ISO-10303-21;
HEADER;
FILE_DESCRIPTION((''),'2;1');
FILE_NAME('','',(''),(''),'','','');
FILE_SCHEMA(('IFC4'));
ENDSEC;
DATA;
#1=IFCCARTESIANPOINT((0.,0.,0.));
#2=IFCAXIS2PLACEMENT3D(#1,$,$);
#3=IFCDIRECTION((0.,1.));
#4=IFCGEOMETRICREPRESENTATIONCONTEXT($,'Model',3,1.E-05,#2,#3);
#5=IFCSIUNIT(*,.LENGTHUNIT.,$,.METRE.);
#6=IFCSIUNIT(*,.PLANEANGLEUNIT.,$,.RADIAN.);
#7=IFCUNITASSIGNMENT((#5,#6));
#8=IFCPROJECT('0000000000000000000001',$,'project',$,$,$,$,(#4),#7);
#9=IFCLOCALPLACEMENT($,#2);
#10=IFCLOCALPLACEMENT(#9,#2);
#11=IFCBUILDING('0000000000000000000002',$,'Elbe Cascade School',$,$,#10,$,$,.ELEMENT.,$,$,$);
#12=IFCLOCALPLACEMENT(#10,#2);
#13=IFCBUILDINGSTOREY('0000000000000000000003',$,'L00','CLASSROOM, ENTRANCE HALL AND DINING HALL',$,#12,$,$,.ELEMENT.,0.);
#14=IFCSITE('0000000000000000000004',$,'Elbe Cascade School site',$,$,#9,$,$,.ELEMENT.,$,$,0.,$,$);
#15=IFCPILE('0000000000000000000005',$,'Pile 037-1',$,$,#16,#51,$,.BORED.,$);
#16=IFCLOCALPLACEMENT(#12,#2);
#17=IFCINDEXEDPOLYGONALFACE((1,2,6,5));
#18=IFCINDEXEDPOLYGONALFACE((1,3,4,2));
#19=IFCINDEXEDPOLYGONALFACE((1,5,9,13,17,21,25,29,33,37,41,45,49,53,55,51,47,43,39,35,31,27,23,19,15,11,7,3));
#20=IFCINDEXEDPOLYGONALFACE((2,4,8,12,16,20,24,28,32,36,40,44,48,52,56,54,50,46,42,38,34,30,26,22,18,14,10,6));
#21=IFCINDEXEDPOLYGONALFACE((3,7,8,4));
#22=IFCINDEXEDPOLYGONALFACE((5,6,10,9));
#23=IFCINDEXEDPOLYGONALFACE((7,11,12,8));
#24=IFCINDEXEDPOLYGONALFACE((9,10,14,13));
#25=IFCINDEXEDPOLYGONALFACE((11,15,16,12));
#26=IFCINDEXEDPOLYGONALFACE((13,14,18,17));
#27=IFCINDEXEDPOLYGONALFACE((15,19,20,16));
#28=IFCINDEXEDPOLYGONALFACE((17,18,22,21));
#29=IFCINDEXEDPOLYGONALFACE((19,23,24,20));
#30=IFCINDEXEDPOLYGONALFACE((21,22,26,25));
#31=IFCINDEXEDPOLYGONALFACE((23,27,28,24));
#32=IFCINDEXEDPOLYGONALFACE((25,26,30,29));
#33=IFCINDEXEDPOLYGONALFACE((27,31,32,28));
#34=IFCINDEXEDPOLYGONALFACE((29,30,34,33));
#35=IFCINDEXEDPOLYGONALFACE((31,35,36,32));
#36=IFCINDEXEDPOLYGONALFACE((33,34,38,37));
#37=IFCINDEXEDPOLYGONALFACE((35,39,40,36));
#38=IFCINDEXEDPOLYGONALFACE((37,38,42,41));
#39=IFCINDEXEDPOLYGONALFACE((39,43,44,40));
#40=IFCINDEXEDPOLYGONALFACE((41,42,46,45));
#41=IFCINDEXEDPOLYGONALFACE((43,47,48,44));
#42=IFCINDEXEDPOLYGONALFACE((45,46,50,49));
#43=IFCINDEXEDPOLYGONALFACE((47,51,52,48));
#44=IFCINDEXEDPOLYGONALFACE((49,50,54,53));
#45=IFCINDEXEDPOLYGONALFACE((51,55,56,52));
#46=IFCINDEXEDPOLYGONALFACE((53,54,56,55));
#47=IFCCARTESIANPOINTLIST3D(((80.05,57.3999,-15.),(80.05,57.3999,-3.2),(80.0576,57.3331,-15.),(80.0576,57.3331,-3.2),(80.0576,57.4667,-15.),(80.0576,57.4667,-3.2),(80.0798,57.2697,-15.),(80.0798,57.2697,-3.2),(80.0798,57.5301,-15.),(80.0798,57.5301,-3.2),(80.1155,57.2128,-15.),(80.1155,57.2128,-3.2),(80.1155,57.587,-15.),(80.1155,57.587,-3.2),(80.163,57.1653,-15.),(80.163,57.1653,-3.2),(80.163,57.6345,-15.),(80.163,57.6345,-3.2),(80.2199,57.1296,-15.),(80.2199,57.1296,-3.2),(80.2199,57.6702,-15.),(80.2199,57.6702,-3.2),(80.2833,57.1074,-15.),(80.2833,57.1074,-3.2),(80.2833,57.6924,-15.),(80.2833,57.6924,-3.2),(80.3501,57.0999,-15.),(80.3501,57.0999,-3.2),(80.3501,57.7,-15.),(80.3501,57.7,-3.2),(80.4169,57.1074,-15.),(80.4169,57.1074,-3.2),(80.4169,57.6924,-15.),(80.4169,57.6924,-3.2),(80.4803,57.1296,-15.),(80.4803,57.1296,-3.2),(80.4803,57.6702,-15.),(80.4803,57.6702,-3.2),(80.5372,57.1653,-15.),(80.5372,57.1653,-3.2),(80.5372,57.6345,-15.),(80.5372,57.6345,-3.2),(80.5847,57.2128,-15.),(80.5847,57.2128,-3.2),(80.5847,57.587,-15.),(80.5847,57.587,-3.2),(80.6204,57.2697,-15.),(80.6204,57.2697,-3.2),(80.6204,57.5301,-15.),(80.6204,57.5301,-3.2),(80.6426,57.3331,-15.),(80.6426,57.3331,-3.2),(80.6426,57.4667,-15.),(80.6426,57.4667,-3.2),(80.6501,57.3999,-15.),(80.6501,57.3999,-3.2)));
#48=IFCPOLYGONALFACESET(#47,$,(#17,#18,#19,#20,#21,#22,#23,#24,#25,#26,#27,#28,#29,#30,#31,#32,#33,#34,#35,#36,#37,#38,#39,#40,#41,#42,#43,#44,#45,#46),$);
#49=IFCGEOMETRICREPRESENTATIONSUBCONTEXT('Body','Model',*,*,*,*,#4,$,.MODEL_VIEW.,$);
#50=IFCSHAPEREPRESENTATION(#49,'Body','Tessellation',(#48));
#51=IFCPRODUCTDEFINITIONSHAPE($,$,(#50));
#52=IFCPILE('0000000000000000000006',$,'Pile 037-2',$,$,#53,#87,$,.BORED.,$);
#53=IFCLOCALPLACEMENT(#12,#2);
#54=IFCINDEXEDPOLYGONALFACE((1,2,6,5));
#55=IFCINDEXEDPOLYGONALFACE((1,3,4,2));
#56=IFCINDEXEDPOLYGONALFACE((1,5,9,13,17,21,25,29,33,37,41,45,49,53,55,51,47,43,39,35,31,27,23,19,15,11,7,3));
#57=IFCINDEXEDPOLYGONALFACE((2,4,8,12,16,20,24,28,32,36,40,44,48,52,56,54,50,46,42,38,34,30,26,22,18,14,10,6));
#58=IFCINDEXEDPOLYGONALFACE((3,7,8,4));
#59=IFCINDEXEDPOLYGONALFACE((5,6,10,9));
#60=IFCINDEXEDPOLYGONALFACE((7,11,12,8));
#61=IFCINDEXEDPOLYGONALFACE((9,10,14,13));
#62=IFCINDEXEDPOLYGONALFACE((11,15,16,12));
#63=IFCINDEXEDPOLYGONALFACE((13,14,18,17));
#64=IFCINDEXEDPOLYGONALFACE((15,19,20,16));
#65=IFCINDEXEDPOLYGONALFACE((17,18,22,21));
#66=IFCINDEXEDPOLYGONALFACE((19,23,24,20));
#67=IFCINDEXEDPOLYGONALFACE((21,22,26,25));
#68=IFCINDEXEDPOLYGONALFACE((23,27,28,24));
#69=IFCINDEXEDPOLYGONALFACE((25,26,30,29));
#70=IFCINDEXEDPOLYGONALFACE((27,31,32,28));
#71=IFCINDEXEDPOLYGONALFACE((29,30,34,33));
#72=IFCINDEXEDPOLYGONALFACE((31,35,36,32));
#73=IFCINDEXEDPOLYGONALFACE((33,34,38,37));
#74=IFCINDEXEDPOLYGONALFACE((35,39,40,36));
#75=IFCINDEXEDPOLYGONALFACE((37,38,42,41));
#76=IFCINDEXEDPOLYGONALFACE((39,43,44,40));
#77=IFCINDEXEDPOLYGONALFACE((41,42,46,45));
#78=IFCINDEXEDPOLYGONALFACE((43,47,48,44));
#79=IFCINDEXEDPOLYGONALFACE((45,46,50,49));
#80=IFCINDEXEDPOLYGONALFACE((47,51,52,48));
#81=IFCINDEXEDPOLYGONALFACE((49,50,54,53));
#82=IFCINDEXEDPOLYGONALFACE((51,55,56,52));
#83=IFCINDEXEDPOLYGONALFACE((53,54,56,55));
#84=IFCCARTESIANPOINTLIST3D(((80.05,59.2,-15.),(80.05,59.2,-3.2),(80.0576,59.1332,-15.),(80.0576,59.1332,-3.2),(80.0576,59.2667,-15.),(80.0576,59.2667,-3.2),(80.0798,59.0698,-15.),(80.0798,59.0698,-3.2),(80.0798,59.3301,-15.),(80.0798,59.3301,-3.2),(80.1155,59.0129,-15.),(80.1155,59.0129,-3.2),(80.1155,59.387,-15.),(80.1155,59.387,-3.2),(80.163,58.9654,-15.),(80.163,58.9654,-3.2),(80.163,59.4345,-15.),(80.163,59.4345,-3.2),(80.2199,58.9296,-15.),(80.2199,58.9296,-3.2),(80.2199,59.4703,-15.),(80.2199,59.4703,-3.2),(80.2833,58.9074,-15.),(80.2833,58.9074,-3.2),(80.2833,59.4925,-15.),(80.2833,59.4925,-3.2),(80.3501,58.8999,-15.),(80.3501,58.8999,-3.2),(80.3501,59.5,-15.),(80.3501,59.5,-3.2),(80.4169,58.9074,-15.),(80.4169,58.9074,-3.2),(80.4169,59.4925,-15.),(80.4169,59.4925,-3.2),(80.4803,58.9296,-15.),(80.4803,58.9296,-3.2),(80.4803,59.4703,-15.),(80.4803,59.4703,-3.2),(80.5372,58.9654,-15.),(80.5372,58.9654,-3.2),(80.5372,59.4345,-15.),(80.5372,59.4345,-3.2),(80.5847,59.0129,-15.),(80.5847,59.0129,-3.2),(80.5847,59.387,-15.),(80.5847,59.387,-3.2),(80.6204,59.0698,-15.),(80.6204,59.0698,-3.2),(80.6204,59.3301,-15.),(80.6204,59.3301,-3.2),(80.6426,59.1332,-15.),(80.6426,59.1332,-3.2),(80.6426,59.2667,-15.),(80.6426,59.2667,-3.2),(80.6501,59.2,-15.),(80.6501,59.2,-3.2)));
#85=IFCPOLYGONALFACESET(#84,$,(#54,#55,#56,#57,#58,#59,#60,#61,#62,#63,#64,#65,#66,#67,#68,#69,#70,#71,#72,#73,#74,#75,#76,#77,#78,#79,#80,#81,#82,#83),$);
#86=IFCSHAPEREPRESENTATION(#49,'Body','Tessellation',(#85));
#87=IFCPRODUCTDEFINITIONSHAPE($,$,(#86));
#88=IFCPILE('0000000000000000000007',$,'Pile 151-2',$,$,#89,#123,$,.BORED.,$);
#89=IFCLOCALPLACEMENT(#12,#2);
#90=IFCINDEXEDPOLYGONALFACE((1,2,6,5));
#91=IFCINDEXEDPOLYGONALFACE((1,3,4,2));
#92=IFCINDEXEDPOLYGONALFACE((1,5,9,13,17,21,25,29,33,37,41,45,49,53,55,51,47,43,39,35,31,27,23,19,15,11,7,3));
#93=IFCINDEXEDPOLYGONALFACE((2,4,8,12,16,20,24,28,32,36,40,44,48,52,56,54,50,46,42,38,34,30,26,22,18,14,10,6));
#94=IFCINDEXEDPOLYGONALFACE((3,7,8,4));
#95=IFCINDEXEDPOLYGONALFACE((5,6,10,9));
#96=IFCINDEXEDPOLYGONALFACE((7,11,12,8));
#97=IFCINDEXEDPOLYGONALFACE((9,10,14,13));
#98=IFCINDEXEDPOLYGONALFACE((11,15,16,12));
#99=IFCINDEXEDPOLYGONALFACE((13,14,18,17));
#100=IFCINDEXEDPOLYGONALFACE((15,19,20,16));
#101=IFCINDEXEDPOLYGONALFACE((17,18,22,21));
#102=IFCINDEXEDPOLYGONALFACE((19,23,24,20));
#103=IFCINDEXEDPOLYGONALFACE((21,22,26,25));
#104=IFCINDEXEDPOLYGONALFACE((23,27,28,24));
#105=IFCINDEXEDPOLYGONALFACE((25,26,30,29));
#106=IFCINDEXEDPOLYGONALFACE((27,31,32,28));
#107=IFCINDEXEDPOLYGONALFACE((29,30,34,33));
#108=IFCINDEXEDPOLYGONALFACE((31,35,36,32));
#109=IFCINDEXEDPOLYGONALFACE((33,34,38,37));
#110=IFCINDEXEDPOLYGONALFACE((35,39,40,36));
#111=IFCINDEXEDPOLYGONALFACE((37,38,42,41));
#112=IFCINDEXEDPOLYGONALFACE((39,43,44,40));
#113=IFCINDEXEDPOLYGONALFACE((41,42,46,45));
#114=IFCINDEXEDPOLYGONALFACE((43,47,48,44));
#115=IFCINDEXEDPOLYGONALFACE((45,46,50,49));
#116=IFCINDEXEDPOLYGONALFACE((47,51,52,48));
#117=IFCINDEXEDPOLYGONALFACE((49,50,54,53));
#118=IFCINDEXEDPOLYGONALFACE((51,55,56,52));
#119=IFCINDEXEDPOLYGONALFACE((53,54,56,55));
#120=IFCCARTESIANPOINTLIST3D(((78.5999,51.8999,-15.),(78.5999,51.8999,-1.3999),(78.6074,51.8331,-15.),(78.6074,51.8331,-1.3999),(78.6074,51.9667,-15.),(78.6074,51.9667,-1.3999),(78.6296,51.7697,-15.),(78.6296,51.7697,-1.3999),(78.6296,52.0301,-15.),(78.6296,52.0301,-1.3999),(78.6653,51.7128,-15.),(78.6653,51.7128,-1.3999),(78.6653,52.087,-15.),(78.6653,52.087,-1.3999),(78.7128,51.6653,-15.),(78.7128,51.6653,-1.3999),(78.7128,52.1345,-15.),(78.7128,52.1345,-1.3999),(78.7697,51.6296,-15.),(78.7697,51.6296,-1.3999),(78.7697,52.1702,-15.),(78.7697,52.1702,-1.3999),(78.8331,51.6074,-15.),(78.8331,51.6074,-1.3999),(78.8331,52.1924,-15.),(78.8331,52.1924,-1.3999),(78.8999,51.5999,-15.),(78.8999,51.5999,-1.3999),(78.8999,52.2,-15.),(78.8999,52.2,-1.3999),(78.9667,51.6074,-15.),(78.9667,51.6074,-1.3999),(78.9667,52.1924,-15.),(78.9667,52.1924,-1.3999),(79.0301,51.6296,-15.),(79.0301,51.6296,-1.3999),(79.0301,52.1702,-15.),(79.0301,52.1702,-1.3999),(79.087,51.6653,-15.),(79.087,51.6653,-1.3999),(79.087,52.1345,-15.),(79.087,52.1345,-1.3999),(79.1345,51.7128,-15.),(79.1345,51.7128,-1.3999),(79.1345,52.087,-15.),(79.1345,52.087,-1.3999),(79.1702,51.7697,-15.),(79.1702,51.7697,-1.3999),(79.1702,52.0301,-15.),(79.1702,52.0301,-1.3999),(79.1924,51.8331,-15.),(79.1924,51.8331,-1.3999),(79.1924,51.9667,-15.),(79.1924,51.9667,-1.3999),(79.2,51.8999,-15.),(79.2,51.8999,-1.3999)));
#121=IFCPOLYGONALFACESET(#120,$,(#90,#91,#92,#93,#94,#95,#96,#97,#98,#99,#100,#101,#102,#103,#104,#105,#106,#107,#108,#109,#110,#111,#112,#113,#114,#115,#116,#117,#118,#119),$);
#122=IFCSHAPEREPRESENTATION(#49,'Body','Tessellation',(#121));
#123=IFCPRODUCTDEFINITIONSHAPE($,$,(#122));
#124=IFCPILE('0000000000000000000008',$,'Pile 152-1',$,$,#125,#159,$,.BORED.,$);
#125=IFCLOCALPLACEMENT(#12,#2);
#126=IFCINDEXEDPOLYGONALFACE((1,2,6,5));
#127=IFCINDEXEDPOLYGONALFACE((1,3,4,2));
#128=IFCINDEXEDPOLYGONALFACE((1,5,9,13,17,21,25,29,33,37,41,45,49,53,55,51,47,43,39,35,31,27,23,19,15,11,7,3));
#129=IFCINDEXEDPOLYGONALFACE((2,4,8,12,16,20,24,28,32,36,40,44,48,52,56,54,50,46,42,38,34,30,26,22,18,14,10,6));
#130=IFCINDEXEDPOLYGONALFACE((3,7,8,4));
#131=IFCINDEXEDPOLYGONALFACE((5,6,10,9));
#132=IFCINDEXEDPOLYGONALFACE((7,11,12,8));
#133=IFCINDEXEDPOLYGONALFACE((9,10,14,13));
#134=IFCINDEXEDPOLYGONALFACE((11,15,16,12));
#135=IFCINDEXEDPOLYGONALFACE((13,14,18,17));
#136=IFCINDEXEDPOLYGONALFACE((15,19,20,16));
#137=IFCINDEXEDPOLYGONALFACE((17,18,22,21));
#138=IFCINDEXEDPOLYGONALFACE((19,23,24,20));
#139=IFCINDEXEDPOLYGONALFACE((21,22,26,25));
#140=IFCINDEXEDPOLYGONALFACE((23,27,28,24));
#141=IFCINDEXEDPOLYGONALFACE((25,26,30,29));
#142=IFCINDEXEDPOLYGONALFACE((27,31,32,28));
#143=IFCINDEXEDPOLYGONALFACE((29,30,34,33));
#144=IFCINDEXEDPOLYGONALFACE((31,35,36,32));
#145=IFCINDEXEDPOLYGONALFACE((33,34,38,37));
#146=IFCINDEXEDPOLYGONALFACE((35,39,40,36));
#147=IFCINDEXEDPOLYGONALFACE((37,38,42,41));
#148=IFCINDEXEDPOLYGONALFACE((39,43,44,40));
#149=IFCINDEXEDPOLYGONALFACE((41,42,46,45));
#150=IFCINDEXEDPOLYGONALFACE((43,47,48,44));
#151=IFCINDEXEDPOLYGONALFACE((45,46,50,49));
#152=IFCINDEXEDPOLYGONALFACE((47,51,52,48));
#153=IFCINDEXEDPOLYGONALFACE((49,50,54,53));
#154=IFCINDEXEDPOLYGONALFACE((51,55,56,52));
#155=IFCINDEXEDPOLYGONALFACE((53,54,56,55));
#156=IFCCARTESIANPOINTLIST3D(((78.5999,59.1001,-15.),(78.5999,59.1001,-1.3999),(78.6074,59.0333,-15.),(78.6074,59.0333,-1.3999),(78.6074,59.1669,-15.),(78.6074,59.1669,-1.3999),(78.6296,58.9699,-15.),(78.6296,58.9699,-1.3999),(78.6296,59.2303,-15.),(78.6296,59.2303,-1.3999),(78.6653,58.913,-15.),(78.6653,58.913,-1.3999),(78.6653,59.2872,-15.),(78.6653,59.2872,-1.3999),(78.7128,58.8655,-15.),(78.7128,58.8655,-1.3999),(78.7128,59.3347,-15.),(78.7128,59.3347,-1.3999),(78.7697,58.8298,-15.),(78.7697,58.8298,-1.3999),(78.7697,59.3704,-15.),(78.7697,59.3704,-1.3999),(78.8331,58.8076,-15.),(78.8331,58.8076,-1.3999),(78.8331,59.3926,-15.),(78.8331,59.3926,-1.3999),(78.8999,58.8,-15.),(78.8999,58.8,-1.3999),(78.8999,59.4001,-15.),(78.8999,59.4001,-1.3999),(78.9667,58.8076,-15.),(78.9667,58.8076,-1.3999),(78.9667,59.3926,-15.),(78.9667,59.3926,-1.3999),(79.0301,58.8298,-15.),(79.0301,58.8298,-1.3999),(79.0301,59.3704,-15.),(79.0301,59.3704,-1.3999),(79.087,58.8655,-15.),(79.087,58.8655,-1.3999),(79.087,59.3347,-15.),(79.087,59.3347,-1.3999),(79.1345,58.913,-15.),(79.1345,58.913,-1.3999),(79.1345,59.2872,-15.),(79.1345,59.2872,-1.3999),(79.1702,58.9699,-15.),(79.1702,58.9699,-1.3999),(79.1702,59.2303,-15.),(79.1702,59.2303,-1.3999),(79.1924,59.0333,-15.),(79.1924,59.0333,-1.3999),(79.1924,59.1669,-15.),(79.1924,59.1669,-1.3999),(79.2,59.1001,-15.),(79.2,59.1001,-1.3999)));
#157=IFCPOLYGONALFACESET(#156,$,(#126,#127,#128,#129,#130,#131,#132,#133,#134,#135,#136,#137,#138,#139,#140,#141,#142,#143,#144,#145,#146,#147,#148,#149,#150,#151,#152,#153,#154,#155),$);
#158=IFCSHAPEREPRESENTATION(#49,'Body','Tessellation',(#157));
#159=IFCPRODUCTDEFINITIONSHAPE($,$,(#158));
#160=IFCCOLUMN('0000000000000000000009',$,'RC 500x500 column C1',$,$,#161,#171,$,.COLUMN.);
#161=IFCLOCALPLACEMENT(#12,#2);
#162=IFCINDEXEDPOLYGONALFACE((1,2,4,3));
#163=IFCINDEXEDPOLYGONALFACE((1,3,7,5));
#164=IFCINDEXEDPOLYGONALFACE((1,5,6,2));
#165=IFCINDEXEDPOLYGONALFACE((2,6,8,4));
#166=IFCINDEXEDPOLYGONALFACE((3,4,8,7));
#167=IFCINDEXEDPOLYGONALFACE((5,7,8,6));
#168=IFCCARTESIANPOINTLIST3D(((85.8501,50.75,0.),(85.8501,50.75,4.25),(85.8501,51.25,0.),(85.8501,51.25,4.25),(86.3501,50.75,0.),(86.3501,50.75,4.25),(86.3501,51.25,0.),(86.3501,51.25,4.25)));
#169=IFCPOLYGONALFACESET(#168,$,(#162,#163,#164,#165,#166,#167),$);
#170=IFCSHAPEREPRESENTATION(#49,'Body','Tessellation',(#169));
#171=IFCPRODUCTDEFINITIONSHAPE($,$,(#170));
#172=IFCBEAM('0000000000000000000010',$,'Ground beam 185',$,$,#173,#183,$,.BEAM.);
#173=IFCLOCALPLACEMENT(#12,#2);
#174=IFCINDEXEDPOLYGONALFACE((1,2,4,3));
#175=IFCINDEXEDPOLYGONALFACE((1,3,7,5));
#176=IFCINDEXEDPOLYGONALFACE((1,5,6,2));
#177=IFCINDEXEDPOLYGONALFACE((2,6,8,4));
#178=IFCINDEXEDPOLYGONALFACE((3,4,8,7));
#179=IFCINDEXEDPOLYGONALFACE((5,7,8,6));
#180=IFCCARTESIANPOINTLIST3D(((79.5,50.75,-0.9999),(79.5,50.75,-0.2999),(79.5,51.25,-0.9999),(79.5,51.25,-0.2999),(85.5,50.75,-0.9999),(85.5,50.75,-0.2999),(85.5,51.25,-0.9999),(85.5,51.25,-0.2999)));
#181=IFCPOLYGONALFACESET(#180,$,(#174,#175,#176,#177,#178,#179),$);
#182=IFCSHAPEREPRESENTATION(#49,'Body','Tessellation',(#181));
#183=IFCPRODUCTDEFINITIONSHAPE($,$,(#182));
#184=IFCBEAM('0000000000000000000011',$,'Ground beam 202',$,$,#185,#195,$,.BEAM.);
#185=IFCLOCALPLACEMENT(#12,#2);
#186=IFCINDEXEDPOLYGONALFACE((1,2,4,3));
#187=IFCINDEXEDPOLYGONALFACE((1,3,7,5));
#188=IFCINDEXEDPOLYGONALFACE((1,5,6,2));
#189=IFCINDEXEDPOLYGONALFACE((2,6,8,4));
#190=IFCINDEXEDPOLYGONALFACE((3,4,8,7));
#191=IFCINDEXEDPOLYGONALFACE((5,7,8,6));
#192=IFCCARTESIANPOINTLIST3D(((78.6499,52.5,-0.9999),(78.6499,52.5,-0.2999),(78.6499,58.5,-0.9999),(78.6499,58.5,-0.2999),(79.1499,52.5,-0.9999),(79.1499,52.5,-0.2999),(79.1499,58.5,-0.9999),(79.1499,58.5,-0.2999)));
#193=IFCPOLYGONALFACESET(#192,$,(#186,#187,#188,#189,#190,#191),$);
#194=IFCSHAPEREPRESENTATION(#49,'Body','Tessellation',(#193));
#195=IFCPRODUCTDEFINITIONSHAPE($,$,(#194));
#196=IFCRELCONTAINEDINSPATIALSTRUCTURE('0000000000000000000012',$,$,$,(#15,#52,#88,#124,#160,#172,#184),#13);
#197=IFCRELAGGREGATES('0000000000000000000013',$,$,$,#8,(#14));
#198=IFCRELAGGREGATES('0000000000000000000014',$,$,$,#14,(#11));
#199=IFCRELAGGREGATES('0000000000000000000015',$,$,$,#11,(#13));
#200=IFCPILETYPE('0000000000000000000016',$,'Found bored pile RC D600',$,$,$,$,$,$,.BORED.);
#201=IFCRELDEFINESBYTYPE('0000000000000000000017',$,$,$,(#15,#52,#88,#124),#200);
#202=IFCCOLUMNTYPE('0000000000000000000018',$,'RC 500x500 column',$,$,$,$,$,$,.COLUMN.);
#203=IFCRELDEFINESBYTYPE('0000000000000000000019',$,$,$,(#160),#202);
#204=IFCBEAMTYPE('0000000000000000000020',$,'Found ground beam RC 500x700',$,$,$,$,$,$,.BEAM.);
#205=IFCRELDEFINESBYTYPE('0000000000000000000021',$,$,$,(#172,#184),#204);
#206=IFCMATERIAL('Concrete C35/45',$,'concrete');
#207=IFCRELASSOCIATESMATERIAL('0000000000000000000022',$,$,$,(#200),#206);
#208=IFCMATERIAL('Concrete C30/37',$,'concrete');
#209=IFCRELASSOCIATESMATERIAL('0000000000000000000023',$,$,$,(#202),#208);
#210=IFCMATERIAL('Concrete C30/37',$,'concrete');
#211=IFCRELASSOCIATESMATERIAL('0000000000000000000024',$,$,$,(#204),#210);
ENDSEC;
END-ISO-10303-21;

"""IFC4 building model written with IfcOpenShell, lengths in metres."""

from ifc_helpers import new_model, si_unit, direction, frame, origin, origin_2d, place, context, subcontext, project, spatial, rectangle, circle, extrude, material, material_profile, profile_set, type_object, element, save


model = new_model("IFC4")

# Units and contexts
model_context = context("Model", 3, precision=1e-05, world=origin(), true_north=direction((0.0, 1.0)))
body_context = subcontext(model_context, "Body", "Model", "MODEL_VIEW")
ifc_project = project(units=[si_unit("LENGTHUNIT", "METRE"), si_unit("PLANEANGLEUNIT", "RADIAN")], contexts=[model_context])

# Site, building, storey
site_placement = place(None, origin())
site = spatial("IfcSite", under=ifc_project, at=site_placement, Name="Elbe Cascade School site", CompositionType="ELEMENT", RefElevation=0.0)
building_placement = place(site_placement, origin())
building = spatial("IfcBuilding", under=site, at=building_placement, Name="Elbe Cascade School", CompositionType="ELEMENT")
storey_placement = place(building_placement, origin())
storey = spatial("IfcBuildingStorey", under=building, at=storey_placement, Name="L00", Description="CLASSROOM, ENTRANCE HALL AND DINING HALL", CompositionType="ELEMENT", Elevation=0.0)

# Piles
ifc_material_1 = material(Name="Concrete C35/45", Category="concrete")
ifc_material_profile_1 = material_profile(ifc_material_1, circle(Radius=0.3, at=origin_2d()), Name="RC D600")
ifc_profile_set_1 = profile_set([ifc_material_profile_1], Name="Concrete C35/45")
pile_type = type_object("IfcPileType", Name="Found bored pile RC D600", PredefinedType="BORED", material=ifc_profile_set_1)
for number, where, z_axis, x_axis, name in (
    (1, (80.3501, 57.3999, -3.2), (0.0, 0.0, -1.0), (1.0, 0.0, 0.0), "Pile 037-1"),
    (2, (80.3501, 59.2, -3.2), (0.0, 0.0, -1.0), (1.0, 0.0, 0.0), "Pile 037-2"),
):
    element("IfcPile", number, at=place(storey_placement, frame(where, z_axis=z_axis, x_axis=x_axis)), inside=storey, type_object=pile_type, Name=name, PredefinedType="BORED", context=body_context, shape_type="SweptSolid", body=[
        extrude(circle(Radius=0.3, at=origin_2d()), origin(), (0.0, 0.0, 1.0), 11.8),
    ])
for number, where, z_axis, x_axis, name in (
    (3, (78.8999, 51.8999, -1.3999), (0.0, 0.0, -1.0), (1.0, 0.0, 0.0), "Pile 151-2"),
    (4, (78.8999, 59.1001, -1.3999), (0.0, 0.0, -1.0), (1.0, 0.0, 0.0), "Pile 152-1"),
):
    element("IfcPile", number, at=place(storey_placement, frame(where, z_axis=z_axis, x_axis=x_axis)), inside=storey, type_object=pile_type, Name=name, PredefinedType="BORED", context=body_context, shape_type="SweptSolid", body=[
        extrude(circle(Radius=0.3, at=origin_2d()), origin(), (0.0, 0.0, 1.0), 13.6001),
    ])

# Column
ifc_material_2 = material(Name="Concrete C30/37", Category="concrete")
ifc_material_profile_2 = material_profile(ifc_material_2, rectangle(XDim=0.5, YDim=0.5, at=origin_2d()), Name="RC 500x500")
ifc_profile_set_2 = profile_set([ifc_material_profile_2], Name="Concrete C30/37")
column_type = type_object("IfcColumnType", Name="RC 500x500 column", PredefinedType="COLUMN", material=ifc_profile_set_2)
column_placement = place(storey_placement, frame((86.1001, 51.0, 0.0), z_axis=(0.0, 0.0, 1.0), x_axis=(1.0, 0.0, 0.0)))
element("IfcColumn", 5, at=column_placement, inside=storey, type_object=column_type, Name="RC 500x500 column C1", PredefinedType="COLUMN", context=body_context, shape_type="SweptSolid", body=[
    extrude(rectangle(XDim=0.5, YDim=0.5, at=origin_2d()), origin(), (0.0, 0.0, 1.0), 4.25),
])

# Beams
ifc_material_3 = material(Name="Concrete C30/37", Category="concrete")
ifc_material_profile_3 = material_profile(ifc_material_3, rectangle(XDim=0.5, YDim=0.7, at=origin_2d()), Name="RC 500x700")
ifc_profile_set_3 = profile_set([ifc_material_profile_3], Name="Concrete C30/37")
beam_type_1 = type_object("IfcBeamType", Name="Found ground beam RC 500x700", PredefinedType="BEAM", material=ifc_profile_set_3)
for number, where, z_axis, x_axis, name in (
    (6, (79.5, 51.0, -0.6499), (1.0, 0.0, 0.0), (0.0, 1.0, 0.0), "Ground beam 185"),
    (7, (78.8999, 52.5, -0.6499), (0.0, 1.0, 0.0), (-1.0, 0.0, 0.0), "Ground beam 202"),
):
    element("IfcBeam", number, at=place(storey_placement, frame(where, z_axis=z_axis, x_axis=x_axis)), inside=storey, type_object=beam_type_1, Name=name, PredefinedType="BEAM", context=body_context, shape_type="SweptSolid", body=[
        extrude(rectangle(XDim=0.5, YDim=0.7, at=origin_2d()), origin(), (0.0, 0.0, 1.0), 6.0),
    ])

save(model, "model.ifc")
